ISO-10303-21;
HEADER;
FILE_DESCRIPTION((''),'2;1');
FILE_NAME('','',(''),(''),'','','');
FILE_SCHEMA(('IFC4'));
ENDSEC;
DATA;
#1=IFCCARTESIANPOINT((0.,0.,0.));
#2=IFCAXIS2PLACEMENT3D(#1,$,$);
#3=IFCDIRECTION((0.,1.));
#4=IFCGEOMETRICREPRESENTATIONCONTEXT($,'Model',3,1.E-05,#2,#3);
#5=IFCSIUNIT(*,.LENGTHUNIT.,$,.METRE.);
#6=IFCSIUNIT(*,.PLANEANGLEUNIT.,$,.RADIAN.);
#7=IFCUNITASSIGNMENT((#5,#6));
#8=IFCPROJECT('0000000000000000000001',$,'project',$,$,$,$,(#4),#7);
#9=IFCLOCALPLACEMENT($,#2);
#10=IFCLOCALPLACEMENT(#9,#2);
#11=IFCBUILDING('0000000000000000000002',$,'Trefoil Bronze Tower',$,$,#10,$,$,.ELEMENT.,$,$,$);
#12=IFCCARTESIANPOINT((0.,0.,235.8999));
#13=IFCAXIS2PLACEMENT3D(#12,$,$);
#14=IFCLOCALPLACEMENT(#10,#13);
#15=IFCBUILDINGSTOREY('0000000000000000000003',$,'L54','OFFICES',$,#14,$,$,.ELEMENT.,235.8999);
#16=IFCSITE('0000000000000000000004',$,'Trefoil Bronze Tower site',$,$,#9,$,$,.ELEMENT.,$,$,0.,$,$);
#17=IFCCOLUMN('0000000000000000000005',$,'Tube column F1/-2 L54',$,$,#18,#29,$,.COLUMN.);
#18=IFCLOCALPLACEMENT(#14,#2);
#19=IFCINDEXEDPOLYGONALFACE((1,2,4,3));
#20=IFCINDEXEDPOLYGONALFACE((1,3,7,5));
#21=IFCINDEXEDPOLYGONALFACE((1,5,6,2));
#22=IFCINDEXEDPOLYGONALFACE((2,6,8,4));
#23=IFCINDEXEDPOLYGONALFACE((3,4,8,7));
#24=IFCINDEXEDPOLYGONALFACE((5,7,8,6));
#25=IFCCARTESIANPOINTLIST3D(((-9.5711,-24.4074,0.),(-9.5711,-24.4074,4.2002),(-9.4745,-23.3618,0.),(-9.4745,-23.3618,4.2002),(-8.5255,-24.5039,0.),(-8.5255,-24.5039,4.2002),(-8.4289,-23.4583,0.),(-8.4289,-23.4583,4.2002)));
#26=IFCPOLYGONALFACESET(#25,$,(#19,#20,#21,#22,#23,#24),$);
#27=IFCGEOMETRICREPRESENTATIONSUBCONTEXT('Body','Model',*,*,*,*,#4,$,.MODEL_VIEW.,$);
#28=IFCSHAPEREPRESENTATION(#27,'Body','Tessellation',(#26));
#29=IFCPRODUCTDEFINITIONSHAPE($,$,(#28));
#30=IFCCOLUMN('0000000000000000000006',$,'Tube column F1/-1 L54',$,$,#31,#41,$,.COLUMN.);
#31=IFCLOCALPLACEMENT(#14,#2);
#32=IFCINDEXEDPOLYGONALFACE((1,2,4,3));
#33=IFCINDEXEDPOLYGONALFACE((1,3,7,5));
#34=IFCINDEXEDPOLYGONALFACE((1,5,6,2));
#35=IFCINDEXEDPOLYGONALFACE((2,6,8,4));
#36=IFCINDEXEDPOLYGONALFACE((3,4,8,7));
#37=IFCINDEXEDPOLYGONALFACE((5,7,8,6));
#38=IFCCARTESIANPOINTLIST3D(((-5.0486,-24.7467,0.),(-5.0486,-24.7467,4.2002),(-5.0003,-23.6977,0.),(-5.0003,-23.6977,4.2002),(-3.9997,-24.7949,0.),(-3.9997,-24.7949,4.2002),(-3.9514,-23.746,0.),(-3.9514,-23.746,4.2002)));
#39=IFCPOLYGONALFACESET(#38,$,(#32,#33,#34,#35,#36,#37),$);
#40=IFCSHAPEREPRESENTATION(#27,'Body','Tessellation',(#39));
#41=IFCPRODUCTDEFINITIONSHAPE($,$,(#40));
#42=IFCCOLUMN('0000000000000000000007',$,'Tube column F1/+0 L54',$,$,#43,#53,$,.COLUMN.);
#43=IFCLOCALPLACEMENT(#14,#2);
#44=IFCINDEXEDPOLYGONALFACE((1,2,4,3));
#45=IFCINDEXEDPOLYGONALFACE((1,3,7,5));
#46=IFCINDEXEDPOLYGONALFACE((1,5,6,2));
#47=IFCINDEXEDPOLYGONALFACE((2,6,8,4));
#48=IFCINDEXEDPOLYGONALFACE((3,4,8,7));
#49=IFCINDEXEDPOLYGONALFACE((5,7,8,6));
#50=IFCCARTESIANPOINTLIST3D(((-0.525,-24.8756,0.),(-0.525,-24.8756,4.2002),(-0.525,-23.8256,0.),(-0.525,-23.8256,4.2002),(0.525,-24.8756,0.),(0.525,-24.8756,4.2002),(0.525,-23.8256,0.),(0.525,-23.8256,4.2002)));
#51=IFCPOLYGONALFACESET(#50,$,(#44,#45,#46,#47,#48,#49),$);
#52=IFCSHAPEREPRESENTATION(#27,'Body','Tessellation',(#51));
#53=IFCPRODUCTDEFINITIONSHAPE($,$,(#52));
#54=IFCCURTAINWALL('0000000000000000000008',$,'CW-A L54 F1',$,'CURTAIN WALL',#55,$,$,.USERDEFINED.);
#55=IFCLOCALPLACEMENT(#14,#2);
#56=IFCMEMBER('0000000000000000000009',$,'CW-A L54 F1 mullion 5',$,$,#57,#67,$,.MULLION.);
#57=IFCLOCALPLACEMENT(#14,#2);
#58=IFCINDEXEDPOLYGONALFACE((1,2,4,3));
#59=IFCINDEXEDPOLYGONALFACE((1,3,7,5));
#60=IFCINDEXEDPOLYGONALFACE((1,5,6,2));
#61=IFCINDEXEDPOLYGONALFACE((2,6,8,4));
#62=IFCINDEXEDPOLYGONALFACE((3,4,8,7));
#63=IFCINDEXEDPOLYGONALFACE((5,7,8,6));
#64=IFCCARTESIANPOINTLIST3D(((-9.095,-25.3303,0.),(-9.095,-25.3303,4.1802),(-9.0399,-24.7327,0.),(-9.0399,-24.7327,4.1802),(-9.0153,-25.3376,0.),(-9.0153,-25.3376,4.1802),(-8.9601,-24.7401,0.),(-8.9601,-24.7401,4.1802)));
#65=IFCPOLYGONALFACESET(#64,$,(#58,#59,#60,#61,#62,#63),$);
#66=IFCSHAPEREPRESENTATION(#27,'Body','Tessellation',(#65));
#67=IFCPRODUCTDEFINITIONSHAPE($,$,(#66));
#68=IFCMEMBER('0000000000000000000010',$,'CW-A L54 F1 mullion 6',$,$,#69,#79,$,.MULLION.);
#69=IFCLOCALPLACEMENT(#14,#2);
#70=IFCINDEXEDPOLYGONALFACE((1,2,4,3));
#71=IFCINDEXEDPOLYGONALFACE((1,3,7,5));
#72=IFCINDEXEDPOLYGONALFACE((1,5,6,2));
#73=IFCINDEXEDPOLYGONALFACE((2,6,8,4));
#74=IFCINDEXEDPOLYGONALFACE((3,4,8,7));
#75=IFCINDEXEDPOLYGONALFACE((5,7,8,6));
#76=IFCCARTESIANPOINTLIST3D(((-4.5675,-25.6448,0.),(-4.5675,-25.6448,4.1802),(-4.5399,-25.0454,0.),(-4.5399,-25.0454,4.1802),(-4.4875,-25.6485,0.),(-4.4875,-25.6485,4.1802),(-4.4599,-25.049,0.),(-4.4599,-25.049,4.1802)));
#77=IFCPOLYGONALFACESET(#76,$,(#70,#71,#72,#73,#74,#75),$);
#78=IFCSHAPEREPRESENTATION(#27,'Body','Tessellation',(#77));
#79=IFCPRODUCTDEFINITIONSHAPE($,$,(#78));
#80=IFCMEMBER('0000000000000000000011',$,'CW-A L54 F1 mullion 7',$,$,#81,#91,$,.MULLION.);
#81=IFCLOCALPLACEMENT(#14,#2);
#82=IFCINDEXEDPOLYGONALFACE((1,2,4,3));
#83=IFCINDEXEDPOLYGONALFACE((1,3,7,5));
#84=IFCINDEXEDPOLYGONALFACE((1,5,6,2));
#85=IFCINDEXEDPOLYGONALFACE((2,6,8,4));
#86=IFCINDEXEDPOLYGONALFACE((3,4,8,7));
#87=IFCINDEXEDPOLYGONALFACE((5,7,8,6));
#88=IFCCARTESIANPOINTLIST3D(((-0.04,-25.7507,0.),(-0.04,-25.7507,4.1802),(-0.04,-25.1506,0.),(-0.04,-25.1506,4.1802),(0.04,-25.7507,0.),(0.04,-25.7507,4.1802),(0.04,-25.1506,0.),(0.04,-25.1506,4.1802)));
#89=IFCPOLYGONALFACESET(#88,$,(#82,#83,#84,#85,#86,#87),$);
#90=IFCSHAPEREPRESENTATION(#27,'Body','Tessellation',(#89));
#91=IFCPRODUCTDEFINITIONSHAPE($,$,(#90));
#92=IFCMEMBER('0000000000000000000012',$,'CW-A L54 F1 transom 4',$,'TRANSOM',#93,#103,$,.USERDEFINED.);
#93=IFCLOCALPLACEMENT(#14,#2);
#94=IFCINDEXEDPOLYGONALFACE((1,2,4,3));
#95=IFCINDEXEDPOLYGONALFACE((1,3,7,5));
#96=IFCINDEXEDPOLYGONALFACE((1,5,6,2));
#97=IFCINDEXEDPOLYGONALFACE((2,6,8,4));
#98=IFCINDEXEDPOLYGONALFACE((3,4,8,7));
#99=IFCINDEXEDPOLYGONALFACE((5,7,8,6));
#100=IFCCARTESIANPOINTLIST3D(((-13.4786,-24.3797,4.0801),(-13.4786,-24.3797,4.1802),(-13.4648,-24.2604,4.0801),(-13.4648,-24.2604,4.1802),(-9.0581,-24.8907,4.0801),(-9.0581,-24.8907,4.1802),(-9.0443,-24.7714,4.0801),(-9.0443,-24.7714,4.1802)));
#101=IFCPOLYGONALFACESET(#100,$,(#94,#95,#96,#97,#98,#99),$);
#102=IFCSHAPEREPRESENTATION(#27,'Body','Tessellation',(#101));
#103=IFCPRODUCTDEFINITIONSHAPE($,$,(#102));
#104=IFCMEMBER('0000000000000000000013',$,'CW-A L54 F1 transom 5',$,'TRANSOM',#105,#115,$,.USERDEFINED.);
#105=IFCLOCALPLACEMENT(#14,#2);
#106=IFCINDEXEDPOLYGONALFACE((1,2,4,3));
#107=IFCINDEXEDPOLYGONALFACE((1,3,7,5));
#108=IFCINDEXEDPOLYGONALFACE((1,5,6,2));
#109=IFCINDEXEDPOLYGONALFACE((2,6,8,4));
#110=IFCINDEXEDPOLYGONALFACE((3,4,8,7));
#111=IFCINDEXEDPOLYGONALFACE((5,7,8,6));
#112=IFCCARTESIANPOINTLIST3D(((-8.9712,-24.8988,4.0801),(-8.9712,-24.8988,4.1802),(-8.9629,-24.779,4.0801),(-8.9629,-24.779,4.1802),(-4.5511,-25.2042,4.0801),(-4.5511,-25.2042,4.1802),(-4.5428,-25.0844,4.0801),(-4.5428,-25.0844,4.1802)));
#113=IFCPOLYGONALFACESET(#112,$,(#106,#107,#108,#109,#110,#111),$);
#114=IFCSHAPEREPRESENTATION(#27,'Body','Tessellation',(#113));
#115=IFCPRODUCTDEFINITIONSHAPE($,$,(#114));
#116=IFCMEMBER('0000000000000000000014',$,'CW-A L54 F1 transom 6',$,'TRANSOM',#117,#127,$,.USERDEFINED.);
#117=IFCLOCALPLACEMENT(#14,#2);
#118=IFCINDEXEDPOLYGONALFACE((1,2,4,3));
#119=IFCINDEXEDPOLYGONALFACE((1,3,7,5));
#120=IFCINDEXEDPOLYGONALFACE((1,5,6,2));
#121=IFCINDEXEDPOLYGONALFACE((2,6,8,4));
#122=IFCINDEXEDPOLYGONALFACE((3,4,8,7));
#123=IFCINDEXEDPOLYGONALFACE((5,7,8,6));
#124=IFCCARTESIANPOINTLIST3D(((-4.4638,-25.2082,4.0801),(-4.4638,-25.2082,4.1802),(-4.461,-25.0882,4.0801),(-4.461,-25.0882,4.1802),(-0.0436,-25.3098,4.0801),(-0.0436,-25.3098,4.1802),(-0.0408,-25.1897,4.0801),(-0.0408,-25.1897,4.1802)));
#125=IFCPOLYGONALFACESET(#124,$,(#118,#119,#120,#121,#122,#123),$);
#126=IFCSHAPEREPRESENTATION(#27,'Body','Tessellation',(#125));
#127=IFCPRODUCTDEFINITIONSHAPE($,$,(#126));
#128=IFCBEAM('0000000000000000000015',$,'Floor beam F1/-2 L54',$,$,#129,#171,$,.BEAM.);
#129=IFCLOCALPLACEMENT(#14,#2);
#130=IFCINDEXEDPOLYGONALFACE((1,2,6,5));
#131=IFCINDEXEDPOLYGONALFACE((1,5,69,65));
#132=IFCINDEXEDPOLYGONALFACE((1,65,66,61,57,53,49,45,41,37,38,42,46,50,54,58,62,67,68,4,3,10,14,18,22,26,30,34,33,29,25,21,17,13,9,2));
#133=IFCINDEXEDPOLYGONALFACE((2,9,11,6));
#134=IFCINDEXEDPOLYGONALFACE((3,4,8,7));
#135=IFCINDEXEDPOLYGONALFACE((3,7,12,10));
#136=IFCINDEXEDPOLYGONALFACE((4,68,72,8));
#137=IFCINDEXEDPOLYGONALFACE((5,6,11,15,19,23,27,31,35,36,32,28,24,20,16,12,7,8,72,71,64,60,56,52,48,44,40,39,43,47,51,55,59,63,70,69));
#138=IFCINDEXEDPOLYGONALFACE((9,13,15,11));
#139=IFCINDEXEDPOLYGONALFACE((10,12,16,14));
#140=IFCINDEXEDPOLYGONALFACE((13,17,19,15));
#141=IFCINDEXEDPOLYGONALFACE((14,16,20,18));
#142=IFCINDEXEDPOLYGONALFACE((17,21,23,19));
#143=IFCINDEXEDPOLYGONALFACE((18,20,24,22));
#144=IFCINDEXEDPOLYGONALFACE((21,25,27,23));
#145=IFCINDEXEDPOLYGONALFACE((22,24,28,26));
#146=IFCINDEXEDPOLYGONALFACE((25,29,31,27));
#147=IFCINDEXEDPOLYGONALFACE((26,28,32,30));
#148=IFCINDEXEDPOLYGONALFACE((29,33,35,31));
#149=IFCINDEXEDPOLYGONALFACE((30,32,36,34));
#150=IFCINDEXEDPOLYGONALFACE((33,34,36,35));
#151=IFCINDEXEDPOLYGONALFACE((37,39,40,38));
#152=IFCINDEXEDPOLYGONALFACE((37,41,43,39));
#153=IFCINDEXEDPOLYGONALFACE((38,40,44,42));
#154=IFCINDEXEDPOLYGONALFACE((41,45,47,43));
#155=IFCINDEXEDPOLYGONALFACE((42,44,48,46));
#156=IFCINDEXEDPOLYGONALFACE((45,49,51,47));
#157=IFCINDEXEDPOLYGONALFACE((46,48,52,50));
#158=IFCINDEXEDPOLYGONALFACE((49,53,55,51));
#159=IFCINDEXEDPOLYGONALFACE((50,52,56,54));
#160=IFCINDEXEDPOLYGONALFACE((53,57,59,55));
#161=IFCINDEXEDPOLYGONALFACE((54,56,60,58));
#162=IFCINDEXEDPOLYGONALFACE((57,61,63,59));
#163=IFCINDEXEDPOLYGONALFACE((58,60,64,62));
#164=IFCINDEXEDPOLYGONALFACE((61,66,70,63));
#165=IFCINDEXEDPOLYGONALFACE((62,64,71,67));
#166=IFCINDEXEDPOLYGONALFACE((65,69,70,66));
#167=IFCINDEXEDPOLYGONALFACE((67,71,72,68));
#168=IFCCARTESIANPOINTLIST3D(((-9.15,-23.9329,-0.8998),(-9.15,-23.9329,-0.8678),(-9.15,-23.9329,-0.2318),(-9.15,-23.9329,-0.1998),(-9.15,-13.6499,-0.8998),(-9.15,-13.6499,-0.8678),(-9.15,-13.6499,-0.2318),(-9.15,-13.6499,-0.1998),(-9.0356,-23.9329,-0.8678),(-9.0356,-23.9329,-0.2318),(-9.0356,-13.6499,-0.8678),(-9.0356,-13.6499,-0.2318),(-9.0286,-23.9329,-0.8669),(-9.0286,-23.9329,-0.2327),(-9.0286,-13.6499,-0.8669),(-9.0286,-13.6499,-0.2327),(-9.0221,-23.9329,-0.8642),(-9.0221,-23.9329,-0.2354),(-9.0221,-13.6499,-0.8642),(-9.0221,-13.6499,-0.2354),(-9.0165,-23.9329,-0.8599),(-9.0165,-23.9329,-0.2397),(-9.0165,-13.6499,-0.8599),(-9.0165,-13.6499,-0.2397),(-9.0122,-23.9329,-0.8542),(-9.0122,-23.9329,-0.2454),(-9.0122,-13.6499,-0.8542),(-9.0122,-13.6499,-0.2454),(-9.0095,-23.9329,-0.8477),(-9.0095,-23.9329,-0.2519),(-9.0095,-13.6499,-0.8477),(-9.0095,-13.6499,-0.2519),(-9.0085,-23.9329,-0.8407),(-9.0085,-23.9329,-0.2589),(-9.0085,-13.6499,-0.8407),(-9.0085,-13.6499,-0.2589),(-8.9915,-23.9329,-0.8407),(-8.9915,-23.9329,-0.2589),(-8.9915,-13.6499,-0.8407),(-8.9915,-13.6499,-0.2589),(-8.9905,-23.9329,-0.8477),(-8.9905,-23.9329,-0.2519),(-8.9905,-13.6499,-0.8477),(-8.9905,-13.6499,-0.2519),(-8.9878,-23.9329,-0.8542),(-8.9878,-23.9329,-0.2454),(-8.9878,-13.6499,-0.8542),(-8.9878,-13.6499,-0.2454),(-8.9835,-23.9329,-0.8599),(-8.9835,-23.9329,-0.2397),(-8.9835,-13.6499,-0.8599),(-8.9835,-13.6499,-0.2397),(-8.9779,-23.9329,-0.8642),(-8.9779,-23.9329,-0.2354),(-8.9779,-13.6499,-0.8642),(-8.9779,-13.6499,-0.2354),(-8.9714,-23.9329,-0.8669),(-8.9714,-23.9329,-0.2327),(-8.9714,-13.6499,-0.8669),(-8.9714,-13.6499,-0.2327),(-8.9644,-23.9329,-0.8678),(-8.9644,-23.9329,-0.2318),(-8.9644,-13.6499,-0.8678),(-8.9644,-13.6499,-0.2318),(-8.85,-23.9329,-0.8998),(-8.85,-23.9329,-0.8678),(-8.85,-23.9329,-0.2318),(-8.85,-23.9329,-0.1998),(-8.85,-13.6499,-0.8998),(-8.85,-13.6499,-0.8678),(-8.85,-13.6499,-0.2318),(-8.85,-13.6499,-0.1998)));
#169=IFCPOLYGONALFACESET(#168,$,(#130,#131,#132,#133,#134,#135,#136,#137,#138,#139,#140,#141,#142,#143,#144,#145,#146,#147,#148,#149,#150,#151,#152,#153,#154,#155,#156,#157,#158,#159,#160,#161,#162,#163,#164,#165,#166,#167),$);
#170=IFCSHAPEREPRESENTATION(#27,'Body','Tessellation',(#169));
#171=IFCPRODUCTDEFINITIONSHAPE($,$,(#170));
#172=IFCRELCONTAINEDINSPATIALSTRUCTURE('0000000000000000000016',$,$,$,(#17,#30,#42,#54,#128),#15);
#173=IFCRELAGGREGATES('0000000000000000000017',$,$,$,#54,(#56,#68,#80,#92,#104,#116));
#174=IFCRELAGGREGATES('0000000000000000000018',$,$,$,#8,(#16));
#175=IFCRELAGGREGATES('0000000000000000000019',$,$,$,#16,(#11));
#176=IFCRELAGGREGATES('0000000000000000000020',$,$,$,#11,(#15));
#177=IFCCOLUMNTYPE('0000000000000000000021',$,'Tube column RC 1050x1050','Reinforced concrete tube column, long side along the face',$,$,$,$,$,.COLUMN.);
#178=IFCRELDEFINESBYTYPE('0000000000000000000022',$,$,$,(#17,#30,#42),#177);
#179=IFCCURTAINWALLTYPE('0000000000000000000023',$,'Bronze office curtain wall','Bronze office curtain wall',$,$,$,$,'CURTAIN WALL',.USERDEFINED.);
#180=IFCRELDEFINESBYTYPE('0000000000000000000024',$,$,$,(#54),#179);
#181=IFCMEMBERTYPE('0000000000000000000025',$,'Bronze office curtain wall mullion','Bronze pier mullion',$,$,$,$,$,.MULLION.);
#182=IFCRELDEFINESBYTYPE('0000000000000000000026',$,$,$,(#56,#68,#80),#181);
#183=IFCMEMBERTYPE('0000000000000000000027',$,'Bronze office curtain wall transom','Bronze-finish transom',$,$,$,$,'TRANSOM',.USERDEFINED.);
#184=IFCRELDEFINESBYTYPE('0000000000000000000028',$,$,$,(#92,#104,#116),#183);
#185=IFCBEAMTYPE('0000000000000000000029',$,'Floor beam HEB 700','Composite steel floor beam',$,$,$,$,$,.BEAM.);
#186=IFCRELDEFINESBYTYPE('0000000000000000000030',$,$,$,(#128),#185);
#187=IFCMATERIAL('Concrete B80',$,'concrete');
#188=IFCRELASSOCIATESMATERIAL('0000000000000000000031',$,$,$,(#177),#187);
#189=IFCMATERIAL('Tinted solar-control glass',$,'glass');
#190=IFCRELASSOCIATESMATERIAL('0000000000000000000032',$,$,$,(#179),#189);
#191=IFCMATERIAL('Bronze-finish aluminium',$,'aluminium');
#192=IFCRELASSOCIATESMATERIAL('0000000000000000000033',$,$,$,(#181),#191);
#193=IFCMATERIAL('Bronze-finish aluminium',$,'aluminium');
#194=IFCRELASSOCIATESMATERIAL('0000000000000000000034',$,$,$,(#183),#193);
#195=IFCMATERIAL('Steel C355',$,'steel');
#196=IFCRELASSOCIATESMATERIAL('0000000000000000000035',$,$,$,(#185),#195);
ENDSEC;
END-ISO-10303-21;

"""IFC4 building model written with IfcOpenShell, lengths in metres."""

from ifc_helpers import new_model, si_unit, direction, frame, origin, origin_2d, place, context, subcontext, project, spatial, rectangle, i_section, extrude, material, material_profile, profile_set, type_object, element, aggregate, save


model = new_model("IFC4")

# Units and contexts
model_context = context("Model", 3, precision=1e-05, world=origin(), true_north=direction((0.0, 1.0)))
body_context = subcontext(model_context, "Body", "Model", "MODEL_VIEW")
ifc_project = project(units=[si_unit("LENGTHUNIT", "METRE"), si_unit("PLANEANGLEUNIT", "RADIAN")], contexts=[model_context])

# Site, building, storey
site_placement = place(None, origin())
site = spatial("IfcSite", under=ifc_project, at=site_placement, Name="Trefoil Bronze Tower site", CompositionType="ELEMENT", RefElevation=0.0)
building_placement = place(site_placement, origin())
building = spatial("IfcBuilding", under=site, at=building_placement, Name="Trefoil Bronze Tower", CompositionType="ELEMENT")
storey_placement = place(building_placement, frame((0.0, 0.0, 235.8999)))
storey = spatial("IfcBuildingStorey", under=building, at=storey_placement, Name="L54", Description="OFFICES", CompositionType="ELEMENT", Elevation=235.8999)

# Columns
ifc_material_1 = material(Name="Concrete B80", Category="concrete")
ifc_material_profile_1 = material_profile(ifc_material_1, rectangle(XDim=1.05, YDim=1.05, at=origin_2d()), Name="RC 1050x1050")
ifc_profile_set_1 = profile_set([ifc_material_profile_1], Name="Concrete B80")
column_type = type_object("IfcColumnType", Name="Tube column RC 1050x1050", Description="Reinforced concrete tube column, long side along the face", PredefinedType="COLUMN", material=ifc_profile_set_1)
for number, where, z_axis, x_axis, name in (
    (1, (-9.0, -23.9329, 0.0), (0.0, 0.0, 1.0), (0.995767, -0.091911, 0.0), "Tube column F1/-2 L54"),
    (2, (-4.5, -24.2463, 0.0), (0.0, 0.0, 1.0), (0.998943, -0.045956, 0.0), "Tube column F1/-1 L54"),
    (3, (0.0, -24.3506, 0.0), (0.0, 0.0, 1.0), (1.0, 0.0, 0.0), "Tube column F1/+0 L54"),
):
    element("IfcColumn", number, at=place(storey_placement, frame(where, z_axis=z_axis, x_axis=x_axis)), inside=storey, type_object=column_type, Name=name, PredefinedType="COLUMN", context=body_context, shape_type="SweptSolid", body=[
        extrude(rectangle(XDim=1.05, YDim=1.05, at=origin_2d()), origin(), (0.0, 0.0, 1.0), 4.2002),
    ])

# Curtain wall, members
ifc_material_2 = material(Name="Tinted solar-control glass", Category="glass")
curtain_wall_type = type_object("IfcCurtainWallType", Name="Bronze office curtain wall", Description="Bronze office curtain wall", ElementType="CURTAIN WALL", PredefinedType="USERDEFINED", material=ifc_material_2)
curtain_wall_placement = place(storey_placement, origin())
curtain_wall = element("IfcCurtainWall", 4, at=curtain_wall_placement, inside=storey, type_object=curtain_wall_type, Name="CW-A L54 F1", ObjectType="CURTAIN WALL", PredefinedType="USERDEFINED")
ifc_material_3 = material(Name="Bronze-finish aluminium", Category="aluminium")
ifc_material_profile_2 = material_profile(ifc_material_3, rectangle(XDim=0.6001, YDim=0.0801, at=origin_2d()), Name="CW-A mullion")
ifc_profile_set_2 = profile_set([ifc_material_profile_2], Name="Bronze-finish aluminium")
member_type_1 = type_object("IfcMemberType", Name="Bronze office curtain wall mullion", Description="Bronze pier mullion", PredefinedType="MULLION", material=ifc_profile_set_2)
member_1_placement = place(storey_placement, frame((-9.0276, -25.0352, 0.0), z_axis=(0.0, 0.0, 1.0), x_axis=(0.091911, 0.995767, 0.0)))
member_1 = element("IfcMember", 5, at=member_1_placement, type_object=member_type_1, Name="CW-A L54 F1 mullion 5", PredefinedType="MULLION", context=body_context, shape_type="SweptSolid", body=[
    extrude(rectangle(XDim=0.6001, YDim=0.0801, at=origin_2d()), origin(), (0.0, 0.0, 1.0), 4.1802),
])
member_2_placement = place(storey_placement, frame((-4.5137, -25.3469, 0.0), z_axis=(0.0, 0.0, 1.0), x_axis=(0.045956, 0.998943, 0.0)))
member_2 = element("IfcMember", 6, at=member_2_placement, type_object=member_type_1, Name="CW-A L54 F1 mullion 6", PredefinedType="MULLION", context=body_context, shape_type="SweptSolid", body=[
    extrude(rectangle(XDim=0.6001, YDim=0.0801, at=origin_2d()), origin(), (0.0, 0.0, 1.0), 4.1802),
])
member_3_placement = place(storey_placement, frame((0.0, -25.4507, 0.0), z_axis=(0.0, 0.0, 1.0), x_axis=(0.0, 1.0, 0.0)))
member_3 = element("IfcMember", 7, at=member_3_placement, type_object=member_type_1, Name="CW-A L54 F1 mullion 7", PredefinedType="MULLION", context=body_context, shape_type="SweptSolid", body=[
    extrude(rectangle(XDim=0.6001, YDim=0.0801, at=origin_2d()), origin(), (0.0, 0.0, 1.0), 4.1802),
])
ifc_material_4 = material(Name="Bronze-finish aluminium", Category="aluminium")
ifc_material_profile_3 = material_profile(ifc_material_4, rectangle(XDim=0.1201, YDim=0.1001, at=origin_2d()), Name="CW-A transom")
ifc_profile_set_3 = profile_set([ifc_material_profile_3], Name="Bronze-finish aluminium")
member_type_2 = type_object("IfcMemberType", Name="Bronze office curtain wall transom", Description="Bronze-finish transom", ElementType="TRANSOM", PredefinedType="USERDEFINED", material=ifc_profile_set_3)
member_4_placement = place(storey_placement, frame((-13.4717, -24.3201, 4.1301), z_axis=(0.993385, -0.114832, 0.0), x_axis=(0.114832, 0.993385, 0.0)))
member_4 = element("IfcMember", 8, at=member_4_placement, type_object=member_type_2, Name="CW-A L54 F1 transom 4", ObjectType="TRANSOM", PredefinedType="USERDEFINED", context=body_context, shape_type="SweptSolid", body=[
    extrude(rectangle(XDim=0.1201, YDim=0.1001, at=origin_2d()), origin(), (0.0, 0.0, 1.0), 4.45),
])
member_5_placement = place(storey_placement, frame((-8.967, -24.8389, 4.1301), z_axis=(0.997621, -0.068933, 0.0), x_axis=(0.068933, 0.997621, 0.0)))
member_5 = element("IfcMember", 9, at=member_5_placement, type_object=member_type_2, Name="CW-A L54 F1 transom 5", ObjectType="TRANSOM", PredefinedType="USERDEFINED", context=body_context, shape_type="SweptSolid", body=[
    extrude(rectangle(XDim=0.1201, YDim=0.1001, at=origin_2d()), origin(), (0.0, 0.0, 1.0), 4.4307),
])
member_6_placement = place(storey_placement, frame((-4.4624, -25.1482, 4.1301), z_axis=(0.999736, -0.022971, 0.0), x_axis=(0.022971, 0.999736, 0.0)))
member_6 = element("IfcMember", 10, at=member_6_placement, type_object=member_type_2, Name="CW-A L54 F1 transom 6", ObjectType="TRANSOM", PredefinedType="USERDEFINED", context=body_context, shape_type="SweptSolid", body=[
    extrude(rectangle(XDim=0.1201, YDim=0.1001, at=origin_2d()), origin(), (0.0, 0.0, 1.0), 4.4214),
])

# Beam
ifc_material_5 = material(Name="Steel C355", Category="steel")
ifc_material_profile_4 = material_profile(ifc_material_5, i_section(OverallWidth=0.3, OverallDepth=0.7, WebThickness=0.0171, FlangeThickness=0.032, FilletRadius=0.0271, at=origin_2d()), Name="HEB 700")
ifc_profile_set_4 = profile_set([ifc_material_profile_4], Name="Steel C355")
beam_type_1 = type_object("IfcBeamType", Name="Floor beam HEB 700", Description="Composite steel floor beam", PredefinedType="BEAM", material=ifc_profile_set_4)
beam_1_placement = place(storey_placement, frame((-9.0, -23.9329, -0.5498), z_axis=(0.0, 1.0, 0.0), x_axis=(-1.0, 0.0, 0.0)))
element("IfcBeam", 11, at=beam_1_placement, inside=storey, type_object=beam_type_1, Name="Floor beam F1/-2 L54", PredefinedType="BEAM", context=body_context, shape_type="SweptSolid", body=[
    extrude(i_section(OverallWidth=0.3, OverallDepth=0.7, WebThickness=0.0171, FlangeThickness=0.032, FilletRadius=0.0271, at=origin_2d()), origin(), (0.0, 0.0, 1.0), 10.283),
])

aggregate(curtain_wall, [member_1, member_2, member_3, member_4, member_5, member_6])

save(model, "model.ifc")
